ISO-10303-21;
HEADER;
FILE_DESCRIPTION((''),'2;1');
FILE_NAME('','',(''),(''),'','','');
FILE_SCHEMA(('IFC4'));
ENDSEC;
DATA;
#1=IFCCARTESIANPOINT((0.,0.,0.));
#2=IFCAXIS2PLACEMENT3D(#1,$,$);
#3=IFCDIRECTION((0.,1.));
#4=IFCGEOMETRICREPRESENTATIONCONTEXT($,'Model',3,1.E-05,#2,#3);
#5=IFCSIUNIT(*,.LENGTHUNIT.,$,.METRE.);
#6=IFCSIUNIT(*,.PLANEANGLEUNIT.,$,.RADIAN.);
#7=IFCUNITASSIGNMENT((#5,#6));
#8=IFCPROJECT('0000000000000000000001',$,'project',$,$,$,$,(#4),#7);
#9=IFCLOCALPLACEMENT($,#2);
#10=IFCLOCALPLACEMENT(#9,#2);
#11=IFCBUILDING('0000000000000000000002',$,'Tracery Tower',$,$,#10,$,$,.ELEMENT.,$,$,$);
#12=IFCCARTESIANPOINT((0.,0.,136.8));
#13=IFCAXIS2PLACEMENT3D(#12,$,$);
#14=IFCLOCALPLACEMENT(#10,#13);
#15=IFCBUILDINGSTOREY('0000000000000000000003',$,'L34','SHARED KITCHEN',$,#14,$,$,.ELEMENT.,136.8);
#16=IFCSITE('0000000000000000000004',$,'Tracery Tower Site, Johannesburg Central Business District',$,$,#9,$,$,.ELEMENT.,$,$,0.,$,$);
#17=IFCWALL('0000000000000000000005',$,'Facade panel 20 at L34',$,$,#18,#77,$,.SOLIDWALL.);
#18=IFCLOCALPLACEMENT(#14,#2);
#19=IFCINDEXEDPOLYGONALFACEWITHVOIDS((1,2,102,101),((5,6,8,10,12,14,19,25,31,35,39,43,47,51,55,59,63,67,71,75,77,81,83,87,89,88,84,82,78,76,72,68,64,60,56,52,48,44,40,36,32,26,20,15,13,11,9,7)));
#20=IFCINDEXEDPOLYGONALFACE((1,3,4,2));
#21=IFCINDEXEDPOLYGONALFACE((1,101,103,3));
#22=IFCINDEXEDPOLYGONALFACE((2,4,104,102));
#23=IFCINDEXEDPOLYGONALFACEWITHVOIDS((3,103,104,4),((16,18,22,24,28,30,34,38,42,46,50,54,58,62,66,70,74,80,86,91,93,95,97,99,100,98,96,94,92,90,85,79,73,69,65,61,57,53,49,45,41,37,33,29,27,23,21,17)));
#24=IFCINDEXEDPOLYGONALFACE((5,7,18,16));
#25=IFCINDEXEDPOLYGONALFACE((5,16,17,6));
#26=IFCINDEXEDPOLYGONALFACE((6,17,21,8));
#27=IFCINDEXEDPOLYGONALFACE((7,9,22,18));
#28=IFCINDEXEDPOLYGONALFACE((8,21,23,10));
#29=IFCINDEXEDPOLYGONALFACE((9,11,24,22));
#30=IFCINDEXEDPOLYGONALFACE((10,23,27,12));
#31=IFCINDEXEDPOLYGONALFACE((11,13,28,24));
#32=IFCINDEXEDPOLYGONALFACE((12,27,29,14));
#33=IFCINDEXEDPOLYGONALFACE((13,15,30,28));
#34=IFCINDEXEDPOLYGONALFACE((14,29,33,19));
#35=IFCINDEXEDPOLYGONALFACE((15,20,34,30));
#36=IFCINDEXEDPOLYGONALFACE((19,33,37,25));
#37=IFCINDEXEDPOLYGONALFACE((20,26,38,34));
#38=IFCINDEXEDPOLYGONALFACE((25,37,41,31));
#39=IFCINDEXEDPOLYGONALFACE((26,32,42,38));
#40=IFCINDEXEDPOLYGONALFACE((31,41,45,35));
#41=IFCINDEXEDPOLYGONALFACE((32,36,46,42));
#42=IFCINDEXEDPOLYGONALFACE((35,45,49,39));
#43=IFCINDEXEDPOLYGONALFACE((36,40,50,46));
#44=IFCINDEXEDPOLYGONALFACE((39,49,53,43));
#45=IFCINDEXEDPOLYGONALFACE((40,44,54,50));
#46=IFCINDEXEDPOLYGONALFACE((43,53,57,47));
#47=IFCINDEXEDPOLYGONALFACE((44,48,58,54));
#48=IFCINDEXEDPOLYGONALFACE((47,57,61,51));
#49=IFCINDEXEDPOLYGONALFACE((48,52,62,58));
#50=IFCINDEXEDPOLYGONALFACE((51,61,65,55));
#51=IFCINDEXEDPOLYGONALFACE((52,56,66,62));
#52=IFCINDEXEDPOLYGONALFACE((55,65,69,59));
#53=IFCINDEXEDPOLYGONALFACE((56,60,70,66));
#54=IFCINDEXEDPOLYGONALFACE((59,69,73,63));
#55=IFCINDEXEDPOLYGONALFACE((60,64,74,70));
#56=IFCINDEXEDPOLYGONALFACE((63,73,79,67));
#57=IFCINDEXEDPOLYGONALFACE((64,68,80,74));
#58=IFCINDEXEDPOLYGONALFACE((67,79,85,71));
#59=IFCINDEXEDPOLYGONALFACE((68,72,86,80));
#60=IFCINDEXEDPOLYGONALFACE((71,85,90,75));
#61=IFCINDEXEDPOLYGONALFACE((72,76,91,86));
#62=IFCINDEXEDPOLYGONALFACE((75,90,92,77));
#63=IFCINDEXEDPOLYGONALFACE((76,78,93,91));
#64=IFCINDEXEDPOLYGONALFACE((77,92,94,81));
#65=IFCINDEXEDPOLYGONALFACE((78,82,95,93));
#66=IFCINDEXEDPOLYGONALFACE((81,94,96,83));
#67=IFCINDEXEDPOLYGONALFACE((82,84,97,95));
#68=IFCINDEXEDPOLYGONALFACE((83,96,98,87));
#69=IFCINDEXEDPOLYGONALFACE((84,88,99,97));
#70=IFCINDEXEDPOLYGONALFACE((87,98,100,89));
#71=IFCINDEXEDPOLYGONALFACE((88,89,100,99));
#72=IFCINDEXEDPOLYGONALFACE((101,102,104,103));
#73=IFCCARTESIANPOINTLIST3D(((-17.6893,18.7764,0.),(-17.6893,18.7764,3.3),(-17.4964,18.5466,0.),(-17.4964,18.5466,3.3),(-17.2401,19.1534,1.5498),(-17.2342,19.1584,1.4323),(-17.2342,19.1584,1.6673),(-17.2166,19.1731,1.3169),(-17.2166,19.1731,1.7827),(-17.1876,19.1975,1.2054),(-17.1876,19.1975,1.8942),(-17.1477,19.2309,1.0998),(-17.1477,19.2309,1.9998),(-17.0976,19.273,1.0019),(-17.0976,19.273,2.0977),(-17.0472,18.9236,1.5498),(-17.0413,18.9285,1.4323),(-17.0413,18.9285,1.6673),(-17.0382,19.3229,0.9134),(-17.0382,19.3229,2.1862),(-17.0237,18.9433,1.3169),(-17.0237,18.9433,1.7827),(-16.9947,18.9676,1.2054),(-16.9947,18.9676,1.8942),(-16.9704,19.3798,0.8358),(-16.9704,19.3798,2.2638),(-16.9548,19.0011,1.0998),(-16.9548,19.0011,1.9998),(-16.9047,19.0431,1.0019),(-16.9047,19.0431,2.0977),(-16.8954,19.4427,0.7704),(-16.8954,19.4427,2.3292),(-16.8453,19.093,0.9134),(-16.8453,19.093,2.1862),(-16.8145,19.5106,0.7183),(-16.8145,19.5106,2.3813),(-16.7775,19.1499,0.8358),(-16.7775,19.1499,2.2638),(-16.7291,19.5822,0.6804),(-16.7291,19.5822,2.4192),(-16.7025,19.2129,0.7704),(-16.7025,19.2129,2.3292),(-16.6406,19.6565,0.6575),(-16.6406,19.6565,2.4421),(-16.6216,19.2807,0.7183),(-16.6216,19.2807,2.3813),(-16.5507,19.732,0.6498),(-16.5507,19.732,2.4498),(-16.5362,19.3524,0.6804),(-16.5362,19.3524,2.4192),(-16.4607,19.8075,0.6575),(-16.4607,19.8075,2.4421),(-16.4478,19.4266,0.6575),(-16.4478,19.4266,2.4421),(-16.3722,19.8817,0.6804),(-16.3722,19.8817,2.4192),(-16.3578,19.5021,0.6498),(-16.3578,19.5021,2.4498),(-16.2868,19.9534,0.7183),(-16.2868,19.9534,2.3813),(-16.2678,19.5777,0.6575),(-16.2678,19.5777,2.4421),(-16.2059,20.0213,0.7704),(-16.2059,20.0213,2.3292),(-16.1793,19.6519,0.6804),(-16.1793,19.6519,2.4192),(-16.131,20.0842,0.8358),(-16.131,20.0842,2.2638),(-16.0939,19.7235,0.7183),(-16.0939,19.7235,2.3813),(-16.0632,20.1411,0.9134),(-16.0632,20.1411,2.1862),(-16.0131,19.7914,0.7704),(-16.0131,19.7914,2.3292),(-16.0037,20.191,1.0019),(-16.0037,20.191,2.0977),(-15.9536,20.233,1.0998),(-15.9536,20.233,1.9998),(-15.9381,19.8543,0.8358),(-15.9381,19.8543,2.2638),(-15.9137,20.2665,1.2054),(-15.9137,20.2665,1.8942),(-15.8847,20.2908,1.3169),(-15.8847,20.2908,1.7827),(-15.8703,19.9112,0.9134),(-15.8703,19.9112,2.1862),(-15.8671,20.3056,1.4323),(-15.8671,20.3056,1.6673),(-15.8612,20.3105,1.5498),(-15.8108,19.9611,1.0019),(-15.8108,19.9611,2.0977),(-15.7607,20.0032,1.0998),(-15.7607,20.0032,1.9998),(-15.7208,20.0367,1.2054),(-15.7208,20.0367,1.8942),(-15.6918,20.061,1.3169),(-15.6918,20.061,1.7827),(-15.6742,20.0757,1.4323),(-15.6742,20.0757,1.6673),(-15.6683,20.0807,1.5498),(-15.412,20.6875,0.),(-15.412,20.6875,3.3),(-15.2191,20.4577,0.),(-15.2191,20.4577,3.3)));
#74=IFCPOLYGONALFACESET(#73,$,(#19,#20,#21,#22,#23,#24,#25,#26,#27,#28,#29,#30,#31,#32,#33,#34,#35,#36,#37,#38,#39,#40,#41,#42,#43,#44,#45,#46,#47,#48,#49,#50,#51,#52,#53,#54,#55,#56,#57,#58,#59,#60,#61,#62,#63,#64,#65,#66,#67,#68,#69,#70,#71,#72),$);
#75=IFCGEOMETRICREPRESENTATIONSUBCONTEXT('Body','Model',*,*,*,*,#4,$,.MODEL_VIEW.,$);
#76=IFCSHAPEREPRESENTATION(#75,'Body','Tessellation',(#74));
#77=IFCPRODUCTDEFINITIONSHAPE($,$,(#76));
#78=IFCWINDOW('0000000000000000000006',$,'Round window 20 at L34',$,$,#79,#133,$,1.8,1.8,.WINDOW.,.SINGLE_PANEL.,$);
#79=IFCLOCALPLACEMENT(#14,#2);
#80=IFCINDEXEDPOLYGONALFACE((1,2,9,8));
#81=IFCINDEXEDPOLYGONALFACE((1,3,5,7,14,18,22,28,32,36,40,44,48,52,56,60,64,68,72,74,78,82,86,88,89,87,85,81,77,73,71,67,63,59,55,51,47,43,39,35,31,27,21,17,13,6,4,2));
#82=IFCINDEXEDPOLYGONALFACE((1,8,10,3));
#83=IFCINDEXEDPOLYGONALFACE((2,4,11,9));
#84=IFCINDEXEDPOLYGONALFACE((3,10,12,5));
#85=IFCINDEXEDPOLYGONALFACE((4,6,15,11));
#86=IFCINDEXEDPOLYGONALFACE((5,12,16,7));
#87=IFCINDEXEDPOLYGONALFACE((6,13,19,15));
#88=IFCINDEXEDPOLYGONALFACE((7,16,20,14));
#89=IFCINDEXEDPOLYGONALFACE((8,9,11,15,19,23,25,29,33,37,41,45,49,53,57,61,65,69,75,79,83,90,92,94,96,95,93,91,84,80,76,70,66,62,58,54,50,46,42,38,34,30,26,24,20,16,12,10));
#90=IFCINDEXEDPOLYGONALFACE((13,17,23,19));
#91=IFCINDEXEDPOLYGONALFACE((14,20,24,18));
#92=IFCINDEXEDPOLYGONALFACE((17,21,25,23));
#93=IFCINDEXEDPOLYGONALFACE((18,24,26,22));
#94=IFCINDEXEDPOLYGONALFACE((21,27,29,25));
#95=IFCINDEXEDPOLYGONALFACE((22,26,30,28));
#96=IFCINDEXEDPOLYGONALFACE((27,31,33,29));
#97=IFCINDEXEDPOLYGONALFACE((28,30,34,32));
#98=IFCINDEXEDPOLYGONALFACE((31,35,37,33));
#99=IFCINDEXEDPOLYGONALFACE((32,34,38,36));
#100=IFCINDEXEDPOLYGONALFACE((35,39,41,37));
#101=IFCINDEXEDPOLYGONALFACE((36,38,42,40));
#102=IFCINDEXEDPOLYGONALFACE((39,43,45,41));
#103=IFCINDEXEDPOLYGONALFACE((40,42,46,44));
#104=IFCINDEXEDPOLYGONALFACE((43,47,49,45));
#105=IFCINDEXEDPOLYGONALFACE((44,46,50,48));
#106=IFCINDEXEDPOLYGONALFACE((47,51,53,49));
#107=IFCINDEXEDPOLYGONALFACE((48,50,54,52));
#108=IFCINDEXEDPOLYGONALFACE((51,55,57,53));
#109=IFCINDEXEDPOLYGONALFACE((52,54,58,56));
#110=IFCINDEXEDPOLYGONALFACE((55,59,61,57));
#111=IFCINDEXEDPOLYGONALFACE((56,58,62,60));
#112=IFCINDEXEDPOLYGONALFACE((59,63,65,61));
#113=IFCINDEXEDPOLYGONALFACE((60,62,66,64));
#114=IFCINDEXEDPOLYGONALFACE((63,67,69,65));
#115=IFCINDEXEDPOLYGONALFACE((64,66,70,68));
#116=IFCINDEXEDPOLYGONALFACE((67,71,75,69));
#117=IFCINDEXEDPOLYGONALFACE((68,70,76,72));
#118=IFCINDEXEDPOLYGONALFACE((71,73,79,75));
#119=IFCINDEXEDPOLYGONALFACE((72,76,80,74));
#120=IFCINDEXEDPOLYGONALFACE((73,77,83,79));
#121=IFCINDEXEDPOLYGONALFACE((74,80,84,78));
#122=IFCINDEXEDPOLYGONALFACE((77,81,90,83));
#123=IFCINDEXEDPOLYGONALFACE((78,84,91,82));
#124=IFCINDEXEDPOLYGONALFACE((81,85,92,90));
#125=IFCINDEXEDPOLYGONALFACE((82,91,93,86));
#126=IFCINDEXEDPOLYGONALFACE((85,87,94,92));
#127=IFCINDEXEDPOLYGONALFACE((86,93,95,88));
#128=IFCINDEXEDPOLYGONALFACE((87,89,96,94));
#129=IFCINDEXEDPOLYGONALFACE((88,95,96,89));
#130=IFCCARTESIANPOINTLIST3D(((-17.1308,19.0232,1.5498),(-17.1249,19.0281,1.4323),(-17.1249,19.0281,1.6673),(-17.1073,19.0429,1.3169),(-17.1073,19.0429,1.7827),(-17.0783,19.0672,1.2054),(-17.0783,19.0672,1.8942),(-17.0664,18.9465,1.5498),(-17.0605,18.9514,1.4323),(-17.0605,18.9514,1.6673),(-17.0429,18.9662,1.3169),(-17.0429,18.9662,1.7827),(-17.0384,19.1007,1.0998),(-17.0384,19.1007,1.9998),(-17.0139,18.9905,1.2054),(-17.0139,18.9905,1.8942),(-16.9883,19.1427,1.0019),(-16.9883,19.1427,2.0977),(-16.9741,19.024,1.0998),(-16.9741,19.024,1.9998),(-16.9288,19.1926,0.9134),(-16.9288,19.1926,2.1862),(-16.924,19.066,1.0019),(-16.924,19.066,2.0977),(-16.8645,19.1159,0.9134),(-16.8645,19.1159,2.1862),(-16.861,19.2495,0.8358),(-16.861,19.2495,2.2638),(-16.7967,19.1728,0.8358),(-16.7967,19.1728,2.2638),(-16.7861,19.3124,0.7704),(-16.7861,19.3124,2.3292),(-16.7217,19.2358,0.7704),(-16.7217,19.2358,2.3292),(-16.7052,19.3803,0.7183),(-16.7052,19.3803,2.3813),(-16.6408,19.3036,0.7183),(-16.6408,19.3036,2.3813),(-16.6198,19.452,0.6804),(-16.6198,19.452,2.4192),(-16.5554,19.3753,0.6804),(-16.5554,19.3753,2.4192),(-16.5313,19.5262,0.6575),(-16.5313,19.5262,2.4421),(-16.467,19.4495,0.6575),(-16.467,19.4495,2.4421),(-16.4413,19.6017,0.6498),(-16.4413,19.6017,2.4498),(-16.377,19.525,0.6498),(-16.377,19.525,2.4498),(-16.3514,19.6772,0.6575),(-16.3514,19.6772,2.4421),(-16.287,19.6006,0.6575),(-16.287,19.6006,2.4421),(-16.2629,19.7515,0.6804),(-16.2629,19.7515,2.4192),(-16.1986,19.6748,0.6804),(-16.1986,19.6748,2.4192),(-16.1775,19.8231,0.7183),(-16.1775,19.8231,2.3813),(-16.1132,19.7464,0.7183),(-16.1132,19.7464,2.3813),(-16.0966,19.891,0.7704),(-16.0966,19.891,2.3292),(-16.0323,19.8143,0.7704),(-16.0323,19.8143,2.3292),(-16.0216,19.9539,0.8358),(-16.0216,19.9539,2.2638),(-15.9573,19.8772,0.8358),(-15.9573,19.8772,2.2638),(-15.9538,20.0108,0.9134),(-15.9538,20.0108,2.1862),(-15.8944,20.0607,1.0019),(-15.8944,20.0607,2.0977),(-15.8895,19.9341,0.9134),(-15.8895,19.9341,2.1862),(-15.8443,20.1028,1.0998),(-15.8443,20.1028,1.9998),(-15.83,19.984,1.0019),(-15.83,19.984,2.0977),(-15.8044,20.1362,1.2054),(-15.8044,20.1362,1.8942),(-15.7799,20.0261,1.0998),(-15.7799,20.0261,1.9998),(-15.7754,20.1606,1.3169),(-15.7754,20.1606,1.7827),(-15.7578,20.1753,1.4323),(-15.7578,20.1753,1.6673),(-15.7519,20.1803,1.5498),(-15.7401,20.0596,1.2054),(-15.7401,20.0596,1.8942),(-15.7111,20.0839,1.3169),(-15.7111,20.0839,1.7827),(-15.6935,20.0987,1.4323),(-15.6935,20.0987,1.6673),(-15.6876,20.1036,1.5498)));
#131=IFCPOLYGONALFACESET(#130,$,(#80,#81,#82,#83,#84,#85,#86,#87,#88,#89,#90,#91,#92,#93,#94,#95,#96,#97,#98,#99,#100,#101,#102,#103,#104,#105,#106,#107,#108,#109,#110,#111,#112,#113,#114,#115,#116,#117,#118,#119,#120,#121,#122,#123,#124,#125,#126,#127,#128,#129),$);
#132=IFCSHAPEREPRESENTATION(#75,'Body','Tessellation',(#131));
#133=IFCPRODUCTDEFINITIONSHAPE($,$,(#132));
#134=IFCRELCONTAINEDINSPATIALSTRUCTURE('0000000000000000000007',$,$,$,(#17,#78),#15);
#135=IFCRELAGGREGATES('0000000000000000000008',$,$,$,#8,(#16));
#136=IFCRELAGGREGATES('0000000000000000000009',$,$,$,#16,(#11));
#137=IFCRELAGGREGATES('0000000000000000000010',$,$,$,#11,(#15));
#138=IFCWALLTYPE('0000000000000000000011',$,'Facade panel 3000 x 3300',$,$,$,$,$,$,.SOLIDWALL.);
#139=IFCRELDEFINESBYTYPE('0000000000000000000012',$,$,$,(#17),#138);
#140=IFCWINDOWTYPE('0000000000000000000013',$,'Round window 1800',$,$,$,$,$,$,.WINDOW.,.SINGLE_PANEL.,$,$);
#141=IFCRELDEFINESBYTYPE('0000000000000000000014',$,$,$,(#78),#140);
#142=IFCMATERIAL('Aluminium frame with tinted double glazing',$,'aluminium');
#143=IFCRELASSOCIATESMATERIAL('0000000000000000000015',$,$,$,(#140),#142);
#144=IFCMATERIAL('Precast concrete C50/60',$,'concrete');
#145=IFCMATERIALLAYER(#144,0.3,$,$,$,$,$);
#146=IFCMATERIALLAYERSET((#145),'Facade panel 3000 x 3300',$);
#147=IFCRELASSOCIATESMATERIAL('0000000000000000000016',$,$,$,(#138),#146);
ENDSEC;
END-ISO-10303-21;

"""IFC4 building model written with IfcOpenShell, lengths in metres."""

from ifc_helpers import new_model, si_unit, direction, frame, frame_2d, origin, origin_2d, place, context, subcontext, project, spatial, rectangle, circle, extrude, material, layer, layer_set, type_object, element, fill, save


model = new_model("IFC4")

# Units and contexts
model_context = context("Model", 3, precision=1e-05, world=origin(), true_north=direction((0.0, 1.0)))
body_context = subcontext(model_context, "Body", "Model", "MODEL_VIEW")
ifc_project = project(units=[si_unit("LENGTHUNIT", "METRE"), si_unit("PLANEANGLEUNIT", "RADIAN")], contexts=[model_context])

# Site, building, storey
site_placement = place(None, origin())
site = spatial("IfcSite", under=ifc_project, at=site_placement, Name="Tracery Tower Site, Johannesburg Central Business District", CompositionType="ELEMENT", RefElevation=0.0)
building_placement = place(site_placement, origin())
building = spatial("IfcBuilding", under=site, at=building_placement, Name="Tracery Tower", CompositionType="ELEMENT")
storey_placement = place(building_placement, frame((0.0, 0.0, 136.8)))
storey = spatial("IfcBuildingStorey", under=building, at=storey_placement, Name="L34", Description="SHARED KITCHEN", CompositionType="ELEMENT", Elevation=136.8)

# Wall, opening, window
ifc_material_1 = material(Name="Aluminium frame with tinted double glazing", Category="aluminium")
window_type = type_object("IfcWindowType", Name="Round window 1800", PartitioningType="SINGLE_PANEL", PredefinedType="WINDOW", material=ifc_material_1)
ifc_material_2 = material(Name="Precast concrete C50/60", Category="concrete")
ifc_layer_1 = layer(ifc_material_2, 0.3)
ifc_layer_set_1 = layer_set([ifc_layer_1], Name="Facade panel 3000 x 3300")
wall_type_1 = type_object("IfcWallType", Name="Facade panel 3000 x 3300", PredefinedType="SOLIDWALL", material=ifc_layer_set_1)
wall_1_placement = place(storey_placement, frame((-15.3157, 20.5725, 0.0), z_axis=(0.0, 0.0, 1.0), x_axis=(-0.766009, -0.64283, 0.0)))
wall_1 = element("IfcWall", 1, at=wall_1_placement, inside=storey, type_object=wall_type_1, Name="Facade panel 20 at L34", PredefinedType="SOLIDWALL", context=body_context, shape_type="SweptSolid", body=[
    extrude(rectangle(XDim=2.9729, YDim=0.3, at=frame_2d((1.4863, 0.0))), origin(), (0.0, 0.0, 1.0), 3.3),
])
opening_1_placement = place(wall_1_placement, frame((1.4863, 0.0, 1.5498)))
opening_1 = element("IfcOpeningElement", 2, at=opening_1_placement, cuts=wall_1, PredefinedType="OPENING", context=body_context, shape_type="SweptSolid", body=[
    extrude(circle(Radius=0.9, at=origin_2d()), frame((0.0, 0.1599, 0.0), z_axis=(0.0, -1.0, 0.0), x_axis=(1.0, 0.0, 0.0)), (0.0, 0.0, 1.0), 0.3201),
])
window_1_placement = place(opening_1_placement, origin())
window_1 = element("IfcWindow", 3, at=window_1_placement, inside=storey, type_object=window_type, Name="Round window 20 at L34", OverallHeight=1.8, OverallWidth=1.8, PartitioningType="SINGLE_PANEL", PredefinedType="WINDOW", context=body_context, shape_type="SweptSolid", body=[
    extrude(circle(Radius=0.9, at=origin_2d()), frame((0.0, 0.1201, 0.0), z_axis=(0.0, -1.0, 0.0), x_axis=(1.0, 0.0, 0.0)), (0.0, 0.0, 1.0), 0.1001),
])
fill(opening_1, window_1)

save(model, "model.ifc")
